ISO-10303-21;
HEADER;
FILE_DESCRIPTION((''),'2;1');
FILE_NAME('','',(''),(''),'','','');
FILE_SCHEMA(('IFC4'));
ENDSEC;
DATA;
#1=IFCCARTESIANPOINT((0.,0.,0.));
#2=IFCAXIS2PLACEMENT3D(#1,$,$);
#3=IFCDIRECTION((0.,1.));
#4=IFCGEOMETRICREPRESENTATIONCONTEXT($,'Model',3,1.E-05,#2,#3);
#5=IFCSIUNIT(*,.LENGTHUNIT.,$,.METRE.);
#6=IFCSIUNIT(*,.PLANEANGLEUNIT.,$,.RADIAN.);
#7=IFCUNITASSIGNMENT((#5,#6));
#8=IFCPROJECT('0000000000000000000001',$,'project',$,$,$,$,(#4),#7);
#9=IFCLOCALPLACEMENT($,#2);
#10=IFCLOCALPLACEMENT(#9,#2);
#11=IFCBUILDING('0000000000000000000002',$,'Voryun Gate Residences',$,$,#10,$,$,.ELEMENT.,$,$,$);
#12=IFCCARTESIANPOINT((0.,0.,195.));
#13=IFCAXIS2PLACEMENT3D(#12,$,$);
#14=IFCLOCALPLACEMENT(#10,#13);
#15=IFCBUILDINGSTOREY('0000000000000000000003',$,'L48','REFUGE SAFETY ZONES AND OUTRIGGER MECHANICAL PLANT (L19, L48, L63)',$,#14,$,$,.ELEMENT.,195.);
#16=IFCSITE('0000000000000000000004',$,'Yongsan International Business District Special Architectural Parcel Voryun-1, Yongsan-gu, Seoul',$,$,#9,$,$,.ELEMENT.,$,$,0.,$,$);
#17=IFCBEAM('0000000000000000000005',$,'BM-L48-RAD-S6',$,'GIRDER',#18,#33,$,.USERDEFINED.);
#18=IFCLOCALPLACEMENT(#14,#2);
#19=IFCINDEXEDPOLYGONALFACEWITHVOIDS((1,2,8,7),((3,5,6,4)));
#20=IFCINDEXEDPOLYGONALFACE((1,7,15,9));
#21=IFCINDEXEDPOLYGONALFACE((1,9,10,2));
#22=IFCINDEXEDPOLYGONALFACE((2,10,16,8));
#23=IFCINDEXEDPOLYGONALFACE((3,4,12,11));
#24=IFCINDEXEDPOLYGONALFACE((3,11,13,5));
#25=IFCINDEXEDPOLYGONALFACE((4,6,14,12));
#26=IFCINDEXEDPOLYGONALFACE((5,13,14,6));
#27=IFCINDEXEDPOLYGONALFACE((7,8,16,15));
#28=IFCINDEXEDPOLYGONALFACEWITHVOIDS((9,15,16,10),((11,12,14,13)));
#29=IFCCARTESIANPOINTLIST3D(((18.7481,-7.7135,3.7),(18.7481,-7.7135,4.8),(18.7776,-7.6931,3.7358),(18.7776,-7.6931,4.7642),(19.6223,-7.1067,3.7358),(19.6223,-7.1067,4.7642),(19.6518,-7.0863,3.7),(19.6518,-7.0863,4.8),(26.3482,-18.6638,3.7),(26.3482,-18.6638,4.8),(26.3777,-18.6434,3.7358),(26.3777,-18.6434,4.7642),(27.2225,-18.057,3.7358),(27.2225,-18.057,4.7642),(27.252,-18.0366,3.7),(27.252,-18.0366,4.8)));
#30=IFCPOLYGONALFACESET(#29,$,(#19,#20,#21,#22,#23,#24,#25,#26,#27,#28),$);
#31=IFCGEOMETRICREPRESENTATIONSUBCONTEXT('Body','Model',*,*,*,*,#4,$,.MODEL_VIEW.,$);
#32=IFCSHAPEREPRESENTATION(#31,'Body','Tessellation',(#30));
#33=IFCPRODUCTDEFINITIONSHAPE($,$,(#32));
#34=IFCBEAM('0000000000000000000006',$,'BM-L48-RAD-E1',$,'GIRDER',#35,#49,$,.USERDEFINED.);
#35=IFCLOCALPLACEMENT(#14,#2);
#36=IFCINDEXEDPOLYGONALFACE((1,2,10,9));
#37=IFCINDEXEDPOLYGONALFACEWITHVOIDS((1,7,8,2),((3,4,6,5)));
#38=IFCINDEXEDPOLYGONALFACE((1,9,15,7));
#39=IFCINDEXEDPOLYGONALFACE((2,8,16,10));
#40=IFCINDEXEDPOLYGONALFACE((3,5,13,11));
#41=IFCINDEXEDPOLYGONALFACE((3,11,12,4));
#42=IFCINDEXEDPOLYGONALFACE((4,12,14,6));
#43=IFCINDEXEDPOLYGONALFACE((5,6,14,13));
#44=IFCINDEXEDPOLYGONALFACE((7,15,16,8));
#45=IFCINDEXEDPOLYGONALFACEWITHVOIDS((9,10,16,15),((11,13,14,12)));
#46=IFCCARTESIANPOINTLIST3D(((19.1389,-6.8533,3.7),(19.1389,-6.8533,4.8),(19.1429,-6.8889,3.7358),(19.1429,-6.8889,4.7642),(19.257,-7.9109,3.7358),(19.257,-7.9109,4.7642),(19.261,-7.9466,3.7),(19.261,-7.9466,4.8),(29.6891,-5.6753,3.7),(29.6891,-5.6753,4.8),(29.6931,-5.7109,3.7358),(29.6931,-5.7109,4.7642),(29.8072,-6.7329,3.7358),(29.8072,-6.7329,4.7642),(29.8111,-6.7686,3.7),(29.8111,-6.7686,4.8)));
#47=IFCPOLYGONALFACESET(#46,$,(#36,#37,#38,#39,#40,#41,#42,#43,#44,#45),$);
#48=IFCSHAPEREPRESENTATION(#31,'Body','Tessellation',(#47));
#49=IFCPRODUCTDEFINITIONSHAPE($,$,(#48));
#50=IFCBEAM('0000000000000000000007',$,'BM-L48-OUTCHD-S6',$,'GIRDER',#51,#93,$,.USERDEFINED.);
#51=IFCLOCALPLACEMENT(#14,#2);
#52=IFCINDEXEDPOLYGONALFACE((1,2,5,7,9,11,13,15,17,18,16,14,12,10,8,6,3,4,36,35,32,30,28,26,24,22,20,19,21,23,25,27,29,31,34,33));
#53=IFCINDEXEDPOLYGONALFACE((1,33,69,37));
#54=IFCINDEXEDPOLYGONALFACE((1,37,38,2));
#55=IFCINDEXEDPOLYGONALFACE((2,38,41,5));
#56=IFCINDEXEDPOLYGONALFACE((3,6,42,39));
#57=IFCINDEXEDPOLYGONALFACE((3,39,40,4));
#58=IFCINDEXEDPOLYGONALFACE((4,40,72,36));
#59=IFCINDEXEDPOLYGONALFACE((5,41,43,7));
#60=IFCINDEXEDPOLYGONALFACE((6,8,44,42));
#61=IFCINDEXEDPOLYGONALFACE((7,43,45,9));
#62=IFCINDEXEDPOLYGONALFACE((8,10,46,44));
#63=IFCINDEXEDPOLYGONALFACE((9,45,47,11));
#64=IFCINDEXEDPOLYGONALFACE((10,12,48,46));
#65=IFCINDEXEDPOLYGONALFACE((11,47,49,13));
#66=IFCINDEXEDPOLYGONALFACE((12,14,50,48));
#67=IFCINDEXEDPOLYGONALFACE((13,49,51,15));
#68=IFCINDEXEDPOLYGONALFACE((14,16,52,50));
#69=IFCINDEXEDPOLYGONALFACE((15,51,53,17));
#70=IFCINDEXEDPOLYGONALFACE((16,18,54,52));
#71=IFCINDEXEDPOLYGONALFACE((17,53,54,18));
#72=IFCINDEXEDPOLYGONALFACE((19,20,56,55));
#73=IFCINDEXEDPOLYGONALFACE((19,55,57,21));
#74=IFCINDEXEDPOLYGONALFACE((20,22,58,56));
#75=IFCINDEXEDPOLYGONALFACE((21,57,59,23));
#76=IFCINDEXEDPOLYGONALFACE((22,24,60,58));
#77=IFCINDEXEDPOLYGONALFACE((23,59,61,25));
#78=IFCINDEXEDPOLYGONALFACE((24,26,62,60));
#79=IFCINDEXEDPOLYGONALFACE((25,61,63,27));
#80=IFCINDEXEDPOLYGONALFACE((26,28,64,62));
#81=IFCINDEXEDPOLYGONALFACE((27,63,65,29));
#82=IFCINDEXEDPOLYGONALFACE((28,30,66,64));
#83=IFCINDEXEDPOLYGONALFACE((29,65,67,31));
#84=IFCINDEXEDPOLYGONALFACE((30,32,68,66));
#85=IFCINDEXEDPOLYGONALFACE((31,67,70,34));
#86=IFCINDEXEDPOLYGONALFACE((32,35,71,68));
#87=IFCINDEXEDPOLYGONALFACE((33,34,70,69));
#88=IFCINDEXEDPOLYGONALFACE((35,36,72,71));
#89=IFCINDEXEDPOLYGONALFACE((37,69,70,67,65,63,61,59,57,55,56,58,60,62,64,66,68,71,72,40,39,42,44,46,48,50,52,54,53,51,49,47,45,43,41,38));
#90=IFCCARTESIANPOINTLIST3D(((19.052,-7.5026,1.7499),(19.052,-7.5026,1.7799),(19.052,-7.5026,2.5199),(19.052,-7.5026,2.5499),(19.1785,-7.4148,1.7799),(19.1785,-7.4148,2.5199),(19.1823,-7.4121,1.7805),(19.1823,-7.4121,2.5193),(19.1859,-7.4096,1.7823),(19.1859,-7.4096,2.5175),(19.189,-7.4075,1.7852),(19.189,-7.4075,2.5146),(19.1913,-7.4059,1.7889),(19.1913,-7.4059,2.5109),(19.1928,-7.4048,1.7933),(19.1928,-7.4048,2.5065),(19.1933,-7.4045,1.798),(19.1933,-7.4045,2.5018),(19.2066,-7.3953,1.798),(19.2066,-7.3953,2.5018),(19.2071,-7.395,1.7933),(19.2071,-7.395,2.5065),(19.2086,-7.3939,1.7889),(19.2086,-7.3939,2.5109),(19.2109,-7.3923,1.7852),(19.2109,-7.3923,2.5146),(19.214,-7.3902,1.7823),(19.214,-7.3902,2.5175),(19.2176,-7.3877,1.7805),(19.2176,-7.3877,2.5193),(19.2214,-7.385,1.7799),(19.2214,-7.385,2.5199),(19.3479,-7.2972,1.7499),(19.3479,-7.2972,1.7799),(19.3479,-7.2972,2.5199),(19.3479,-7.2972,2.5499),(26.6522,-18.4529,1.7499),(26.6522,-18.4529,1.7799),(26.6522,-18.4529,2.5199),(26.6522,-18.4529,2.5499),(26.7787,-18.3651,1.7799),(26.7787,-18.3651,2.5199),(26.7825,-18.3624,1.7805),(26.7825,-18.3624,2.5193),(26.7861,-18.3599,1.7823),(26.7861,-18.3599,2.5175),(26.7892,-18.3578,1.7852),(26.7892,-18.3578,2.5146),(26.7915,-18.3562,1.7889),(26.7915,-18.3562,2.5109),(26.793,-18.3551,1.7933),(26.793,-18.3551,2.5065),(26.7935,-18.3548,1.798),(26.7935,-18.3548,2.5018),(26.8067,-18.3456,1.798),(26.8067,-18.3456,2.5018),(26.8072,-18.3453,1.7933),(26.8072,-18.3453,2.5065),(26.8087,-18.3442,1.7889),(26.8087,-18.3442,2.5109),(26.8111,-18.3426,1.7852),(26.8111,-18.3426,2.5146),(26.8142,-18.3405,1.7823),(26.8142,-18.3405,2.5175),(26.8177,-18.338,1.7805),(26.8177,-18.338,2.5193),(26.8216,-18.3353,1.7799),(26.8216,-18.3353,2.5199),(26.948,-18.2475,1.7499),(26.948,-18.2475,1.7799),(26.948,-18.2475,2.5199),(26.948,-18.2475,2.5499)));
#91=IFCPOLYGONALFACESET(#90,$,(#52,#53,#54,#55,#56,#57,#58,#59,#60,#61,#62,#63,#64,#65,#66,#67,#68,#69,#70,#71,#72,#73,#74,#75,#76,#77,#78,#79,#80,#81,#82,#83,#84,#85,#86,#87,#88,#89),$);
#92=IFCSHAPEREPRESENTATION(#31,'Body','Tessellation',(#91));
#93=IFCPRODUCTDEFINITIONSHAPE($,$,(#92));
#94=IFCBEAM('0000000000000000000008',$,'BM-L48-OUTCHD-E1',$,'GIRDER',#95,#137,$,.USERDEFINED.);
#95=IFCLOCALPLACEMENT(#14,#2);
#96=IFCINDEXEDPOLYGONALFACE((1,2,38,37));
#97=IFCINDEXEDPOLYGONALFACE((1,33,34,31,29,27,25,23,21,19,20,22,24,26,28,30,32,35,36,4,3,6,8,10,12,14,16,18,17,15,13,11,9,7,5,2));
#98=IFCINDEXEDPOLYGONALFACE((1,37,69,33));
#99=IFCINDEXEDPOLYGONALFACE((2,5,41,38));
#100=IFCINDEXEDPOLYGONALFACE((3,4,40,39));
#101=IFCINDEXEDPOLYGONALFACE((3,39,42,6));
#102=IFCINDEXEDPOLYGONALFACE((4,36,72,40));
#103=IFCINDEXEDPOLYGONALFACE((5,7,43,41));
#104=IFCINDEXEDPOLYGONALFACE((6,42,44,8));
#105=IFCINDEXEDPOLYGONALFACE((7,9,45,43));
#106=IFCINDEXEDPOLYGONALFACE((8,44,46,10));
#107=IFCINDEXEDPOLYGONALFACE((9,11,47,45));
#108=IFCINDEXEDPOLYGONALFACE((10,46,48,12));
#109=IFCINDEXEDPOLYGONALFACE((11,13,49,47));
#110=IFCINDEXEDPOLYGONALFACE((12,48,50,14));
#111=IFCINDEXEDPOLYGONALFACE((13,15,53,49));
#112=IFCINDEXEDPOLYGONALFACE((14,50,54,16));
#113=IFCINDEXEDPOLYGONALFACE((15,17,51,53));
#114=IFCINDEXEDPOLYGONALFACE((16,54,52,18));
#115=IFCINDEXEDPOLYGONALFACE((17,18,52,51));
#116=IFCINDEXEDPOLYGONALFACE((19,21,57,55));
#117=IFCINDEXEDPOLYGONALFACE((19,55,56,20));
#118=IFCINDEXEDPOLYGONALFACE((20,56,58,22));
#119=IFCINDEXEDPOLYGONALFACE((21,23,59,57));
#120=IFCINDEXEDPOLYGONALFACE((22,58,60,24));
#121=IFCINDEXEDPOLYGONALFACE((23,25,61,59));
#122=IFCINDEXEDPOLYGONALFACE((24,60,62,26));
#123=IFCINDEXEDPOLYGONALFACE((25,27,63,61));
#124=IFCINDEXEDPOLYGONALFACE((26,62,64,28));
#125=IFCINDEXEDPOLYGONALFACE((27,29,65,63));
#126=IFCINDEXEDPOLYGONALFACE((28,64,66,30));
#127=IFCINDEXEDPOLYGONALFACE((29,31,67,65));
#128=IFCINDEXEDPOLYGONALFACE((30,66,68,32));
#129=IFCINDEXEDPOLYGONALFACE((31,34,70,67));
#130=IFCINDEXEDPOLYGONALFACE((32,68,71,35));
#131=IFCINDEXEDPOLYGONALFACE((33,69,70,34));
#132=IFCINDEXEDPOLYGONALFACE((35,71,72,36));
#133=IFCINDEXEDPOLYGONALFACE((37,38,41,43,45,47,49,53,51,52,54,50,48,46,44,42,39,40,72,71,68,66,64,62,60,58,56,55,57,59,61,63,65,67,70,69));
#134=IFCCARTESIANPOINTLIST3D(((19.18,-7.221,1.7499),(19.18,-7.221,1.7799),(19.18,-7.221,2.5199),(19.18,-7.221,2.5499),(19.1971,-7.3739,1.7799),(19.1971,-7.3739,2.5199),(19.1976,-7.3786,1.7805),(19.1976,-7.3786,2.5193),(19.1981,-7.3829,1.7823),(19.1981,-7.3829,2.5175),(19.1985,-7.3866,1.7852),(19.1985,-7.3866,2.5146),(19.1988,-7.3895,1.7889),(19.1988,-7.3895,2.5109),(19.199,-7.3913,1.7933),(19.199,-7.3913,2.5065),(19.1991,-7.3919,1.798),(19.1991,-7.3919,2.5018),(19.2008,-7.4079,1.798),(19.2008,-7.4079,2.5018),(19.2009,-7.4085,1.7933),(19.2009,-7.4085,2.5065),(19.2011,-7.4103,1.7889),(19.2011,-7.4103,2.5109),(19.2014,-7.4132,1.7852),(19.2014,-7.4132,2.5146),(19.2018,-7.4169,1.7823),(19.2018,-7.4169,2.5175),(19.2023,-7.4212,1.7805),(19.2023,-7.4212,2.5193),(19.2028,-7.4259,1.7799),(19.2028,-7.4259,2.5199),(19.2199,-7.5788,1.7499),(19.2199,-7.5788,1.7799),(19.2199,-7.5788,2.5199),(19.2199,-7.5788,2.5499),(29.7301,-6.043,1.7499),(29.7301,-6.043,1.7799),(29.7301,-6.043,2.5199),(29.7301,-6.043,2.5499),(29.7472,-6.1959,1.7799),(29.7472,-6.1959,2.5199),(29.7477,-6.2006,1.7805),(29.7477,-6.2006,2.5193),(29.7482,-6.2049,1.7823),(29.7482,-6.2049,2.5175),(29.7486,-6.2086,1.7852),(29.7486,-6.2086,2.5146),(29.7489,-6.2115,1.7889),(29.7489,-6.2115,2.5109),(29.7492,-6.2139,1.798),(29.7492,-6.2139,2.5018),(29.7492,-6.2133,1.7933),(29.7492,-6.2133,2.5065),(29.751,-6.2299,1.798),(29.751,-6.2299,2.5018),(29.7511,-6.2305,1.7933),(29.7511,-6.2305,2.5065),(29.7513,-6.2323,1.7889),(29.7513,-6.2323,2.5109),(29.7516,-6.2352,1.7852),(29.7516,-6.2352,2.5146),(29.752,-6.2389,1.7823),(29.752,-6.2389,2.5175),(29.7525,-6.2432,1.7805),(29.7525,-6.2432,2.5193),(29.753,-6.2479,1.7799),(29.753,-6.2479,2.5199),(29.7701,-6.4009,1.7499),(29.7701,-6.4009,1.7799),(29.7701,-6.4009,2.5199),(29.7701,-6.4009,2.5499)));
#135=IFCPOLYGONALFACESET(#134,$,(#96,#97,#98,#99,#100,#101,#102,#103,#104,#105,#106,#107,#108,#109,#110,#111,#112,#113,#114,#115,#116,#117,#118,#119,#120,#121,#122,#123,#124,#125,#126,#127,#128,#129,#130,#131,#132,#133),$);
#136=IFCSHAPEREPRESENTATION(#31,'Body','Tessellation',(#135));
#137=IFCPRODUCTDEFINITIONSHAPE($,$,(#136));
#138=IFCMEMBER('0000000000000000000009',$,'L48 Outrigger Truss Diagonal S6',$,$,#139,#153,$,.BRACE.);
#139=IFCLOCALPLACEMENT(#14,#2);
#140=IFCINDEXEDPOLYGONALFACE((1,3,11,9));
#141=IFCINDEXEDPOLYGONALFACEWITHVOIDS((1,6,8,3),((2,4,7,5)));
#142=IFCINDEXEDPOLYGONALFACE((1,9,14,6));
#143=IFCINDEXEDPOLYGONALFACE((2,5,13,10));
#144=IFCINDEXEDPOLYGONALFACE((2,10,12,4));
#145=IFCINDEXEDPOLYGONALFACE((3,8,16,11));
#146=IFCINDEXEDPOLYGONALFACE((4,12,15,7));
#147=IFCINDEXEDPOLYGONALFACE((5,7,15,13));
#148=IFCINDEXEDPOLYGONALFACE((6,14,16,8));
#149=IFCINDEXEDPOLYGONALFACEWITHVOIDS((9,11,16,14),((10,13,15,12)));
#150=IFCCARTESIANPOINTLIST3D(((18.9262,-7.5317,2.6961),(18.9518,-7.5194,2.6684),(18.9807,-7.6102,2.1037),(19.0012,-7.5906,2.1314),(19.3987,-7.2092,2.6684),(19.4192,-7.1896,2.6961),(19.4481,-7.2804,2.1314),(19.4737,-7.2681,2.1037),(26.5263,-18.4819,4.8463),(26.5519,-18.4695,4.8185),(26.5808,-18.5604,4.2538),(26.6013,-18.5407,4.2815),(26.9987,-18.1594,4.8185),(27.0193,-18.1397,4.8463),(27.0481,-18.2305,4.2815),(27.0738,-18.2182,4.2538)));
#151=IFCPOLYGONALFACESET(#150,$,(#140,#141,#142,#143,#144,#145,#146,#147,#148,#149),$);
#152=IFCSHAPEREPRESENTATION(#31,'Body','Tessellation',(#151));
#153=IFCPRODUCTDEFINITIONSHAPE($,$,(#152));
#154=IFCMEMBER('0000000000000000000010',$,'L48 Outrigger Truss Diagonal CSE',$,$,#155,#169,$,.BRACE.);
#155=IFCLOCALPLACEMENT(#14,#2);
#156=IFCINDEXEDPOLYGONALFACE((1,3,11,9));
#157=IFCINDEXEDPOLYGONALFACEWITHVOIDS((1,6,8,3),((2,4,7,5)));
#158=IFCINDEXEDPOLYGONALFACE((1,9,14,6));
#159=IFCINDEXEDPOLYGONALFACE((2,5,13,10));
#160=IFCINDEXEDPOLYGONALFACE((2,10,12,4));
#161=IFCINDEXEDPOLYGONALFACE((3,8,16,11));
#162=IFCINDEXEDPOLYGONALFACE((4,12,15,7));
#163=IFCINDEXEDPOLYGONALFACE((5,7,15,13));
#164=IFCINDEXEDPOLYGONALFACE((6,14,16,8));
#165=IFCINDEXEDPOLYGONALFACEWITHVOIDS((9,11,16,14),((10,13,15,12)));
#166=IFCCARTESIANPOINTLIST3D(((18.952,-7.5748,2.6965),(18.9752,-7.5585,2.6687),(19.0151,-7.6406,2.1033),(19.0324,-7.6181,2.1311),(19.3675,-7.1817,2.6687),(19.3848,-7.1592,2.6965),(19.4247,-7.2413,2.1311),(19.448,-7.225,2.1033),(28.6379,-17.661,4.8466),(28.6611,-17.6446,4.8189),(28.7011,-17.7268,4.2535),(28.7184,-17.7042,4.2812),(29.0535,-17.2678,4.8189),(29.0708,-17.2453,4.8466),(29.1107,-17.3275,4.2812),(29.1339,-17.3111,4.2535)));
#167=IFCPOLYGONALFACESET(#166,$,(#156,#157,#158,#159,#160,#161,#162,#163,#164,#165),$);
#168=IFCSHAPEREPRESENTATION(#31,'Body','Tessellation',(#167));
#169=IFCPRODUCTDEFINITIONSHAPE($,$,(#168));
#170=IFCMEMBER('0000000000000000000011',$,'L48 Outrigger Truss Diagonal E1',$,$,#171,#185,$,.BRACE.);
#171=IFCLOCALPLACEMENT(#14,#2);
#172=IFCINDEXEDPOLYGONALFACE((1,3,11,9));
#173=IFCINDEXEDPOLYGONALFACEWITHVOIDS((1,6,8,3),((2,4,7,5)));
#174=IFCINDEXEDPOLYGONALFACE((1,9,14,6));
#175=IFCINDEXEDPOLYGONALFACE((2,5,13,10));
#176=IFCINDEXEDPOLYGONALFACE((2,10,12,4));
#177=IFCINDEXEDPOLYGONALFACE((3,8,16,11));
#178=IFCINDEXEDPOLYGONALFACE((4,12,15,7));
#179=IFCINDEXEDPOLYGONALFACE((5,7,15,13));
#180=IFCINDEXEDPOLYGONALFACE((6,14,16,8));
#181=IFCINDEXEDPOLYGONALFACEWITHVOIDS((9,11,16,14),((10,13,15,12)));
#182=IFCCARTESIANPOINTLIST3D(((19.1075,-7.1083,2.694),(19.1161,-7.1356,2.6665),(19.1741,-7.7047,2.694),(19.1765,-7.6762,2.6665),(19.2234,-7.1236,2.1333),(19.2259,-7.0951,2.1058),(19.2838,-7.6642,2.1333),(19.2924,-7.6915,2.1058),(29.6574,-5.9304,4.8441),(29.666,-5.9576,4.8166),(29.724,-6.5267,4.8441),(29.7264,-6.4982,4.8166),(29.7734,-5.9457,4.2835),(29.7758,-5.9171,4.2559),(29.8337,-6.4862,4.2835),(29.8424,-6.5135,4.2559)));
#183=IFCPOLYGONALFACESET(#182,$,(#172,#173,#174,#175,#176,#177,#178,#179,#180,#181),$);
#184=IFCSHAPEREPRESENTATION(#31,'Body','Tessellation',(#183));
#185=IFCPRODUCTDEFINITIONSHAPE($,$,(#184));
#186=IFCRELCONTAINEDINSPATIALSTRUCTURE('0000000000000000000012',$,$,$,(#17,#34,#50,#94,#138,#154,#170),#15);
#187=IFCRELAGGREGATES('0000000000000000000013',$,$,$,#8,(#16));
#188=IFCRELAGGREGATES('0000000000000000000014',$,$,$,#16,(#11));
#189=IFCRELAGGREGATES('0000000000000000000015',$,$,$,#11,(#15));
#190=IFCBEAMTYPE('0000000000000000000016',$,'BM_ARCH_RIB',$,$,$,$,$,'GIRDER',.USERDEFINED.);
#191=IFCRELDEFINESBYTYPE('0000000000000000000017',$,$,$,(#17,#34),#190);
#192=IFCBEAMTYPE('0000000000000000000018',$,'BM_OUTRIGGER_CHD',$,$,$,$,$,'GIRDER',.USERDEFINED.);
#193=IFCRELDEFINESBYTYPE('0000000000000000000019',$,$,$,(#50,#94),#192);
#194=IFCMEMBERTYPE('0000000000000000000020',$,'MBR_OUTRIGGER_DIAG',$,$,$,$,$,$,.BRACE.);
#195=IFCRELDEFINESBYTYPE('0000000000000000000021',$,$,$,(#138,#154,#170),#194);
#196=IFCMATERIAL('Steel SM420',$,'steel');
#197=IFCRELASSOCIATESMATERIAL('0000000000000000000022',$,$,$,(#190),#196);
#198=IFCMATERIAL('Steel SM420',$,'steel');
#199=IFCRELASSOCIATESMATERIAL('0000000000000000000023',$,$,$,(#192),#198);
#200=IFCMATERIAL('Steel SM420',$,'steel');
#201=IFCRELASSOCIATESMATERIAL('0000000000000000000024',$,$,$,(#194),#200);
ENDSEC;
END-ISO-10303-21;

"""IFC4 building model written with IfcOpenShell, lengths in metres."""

from ifc_helpers import new_model, si_unit, direction, frame, origin, origin_2d, place, context, subcontext, project, spatial, hollow_rectangle, i_section, extrude, material, material_profile, profile_set, type_object, element, save


model = new_model("IFC4")

# Units and contexts
model_context = context("Model", 3, precision=1e-05, world=origin(), true_north=direction((0.0, 1.0)))
body_context = subcontext(model_context, "Body", "Model", "MODEL_VIEW")
ifc_project = project(units=[si_unit("LENGTHUNIT", "METRE"), si_unit("PLANEANGLEUNIT", "RADIAN")], contexts=[model_context])

# Site, building, storey
site_placement = place(None, origin())
site = spatial("IfcSite", under=ifc_project, at=site_placement, Name="Yongsan International Business District Special Architectural Parcel Voryun-1, Yongsan-gu, Seoul", CompositionType="ELEMENT", RefElevation=0.0)
building_placement = place(site_placement, origin())
building = spatial("IfcBuilding", under=site, at=building_placement, Name="Voryun Gate Residences", CompositionType="ELEMENT")
storey_placement = place(building_placement, frame((0.0, 0.0, 195.0)))
storey = spatial("IfcBuildingStorey", under=building, at=storey_placement, Name="L48", Description="REFUGE SAFETY ZONES AND OUTRIGGER MECHANICAL PLANT (L19, L48, L63)", CompositionType="ELEMENT", Elevation=195.0)

# Beams
ifc_material_1 = material(Name="Steel SM420", Category="steel")
ifc_material_profile_1 = material_profile(ifc_material_1, hollow_rectangle(XDim=1.1001, YDim=1.1001, WallThickness=0.0359, at=origin_2d()), Name="BOX-1100x1100x36")
ifc_profile_set_1 = profile_set([ifc_material_profile_1], Name="Steel SM420")
beam_type_1 = type_object("IfcBeamType", Name="BM_ARCH_RIB", ElementType="GIRDER", PredefinedType="USERDEFINED", material=ifc_profile_set_1)
beam_1_placement = place(storey_placement, frame((19.2, -7.3999, 4.25), z_axis=(0.570183, -0.821518, 0.0), x_axis=(0.821518, 0.570183, 0.0)))
element("IfcBeam", 1, at=beam_1_placement, inside=storey, type_object=beam_type_1, Name="BM-L48-RAD-S6", ObjectType="GIRDER", PredefinedType="USERDEFINED", context=body_context, shape_type="SweptSolid", body=[
    extrude(hollow_rectangle(XDim=1.1001, YDim=1.1001, WallThickness=0.0359, at=origin_2d()), origin(), (0.0, 0.0, 1.0), 13.3293),
])
beam_2_placement = place(storey_placement, frame((19.2, -7.3999, 4.25), z_axis=(0.993824, 0.110967, 0.0), x_axis=(-0.110967, 0.993824, 0.0)))
element("IfcBeam", 2, at=beam_2_placement, inside=storey, type_object=beam_type_1, Name="BM-L48-RAD-E1", ObjectType="GIRDER", PredefinedType="USERDEFINED", context=body_context, shape_type="SweptSolid", body=[
    extrude(hollow_rectangle(XDim=1.1001, YDim=1.1001, WallThickness=0.0359, at=origin_2d()), origin(), (0.0, 0.0, 1.0), 10.6157),
])
ifc_material_2 = material(Name="Steel SM420", Category="steel")
ifc_material_profile_2 = material_profile(ifc_material_2, i_section(OverallWidth=0.3601, OverallDepth=0.8, WebThickness=0.0161, FlangeThickness=0.03, FilletRadius=0.0181, at=origin_2d()), Name="H-800x360x16x30")
ifc_profile_set_2 = profile_set([ifc_material_profile_2], Name="Steel SM420")
beam_type_2 = type_object("IfcBeamType", Name="BM_OUTRIGGER_CHD", ElementType="GIRDER", PredefinedType="USERDEFINED", material=ifc_profile_set_2)
beam_3_placement = place(storey_placement, frame((19.2, -7.3999, 2.1499), z_axis=(0.570183, -0.821518, 0.0), x_axis=(0.821518, 0.570183, 0.0)))
element("IfcBeam", 3, at=beam_3_placement, inside=storey, type_object=beam_type_2, Name="BM-L48-OUTCHD-S6", ObjectType="GIRDER", PredefinedType="USERDEFINED", context=body_context, shape_type="SweptSolid", body=[
    extrude(i_section(OverallWidth=0.3601, OverallDepth=0.8, WebThickness=0.0161, FlangeThickness=0.03, FilletRadius=0.0181, at=origin_2d()), origin(), (0.0, 0.0, 1.0), 13.3293),
])
beam_4_placement = place(storey_placement, frame((19.2, -7.3999, 2.1499), z_axis=(0.993824, 0.110967, 0.0), x_axis=(-0.110967, 0.993824, 0.0)))
element("IfcBeam", 4, at=beam_4_placement, inside=storey, type_object=beam_type_2, Name="BM-L48-OUTCHD-E1", ObjectType="GIRDER", PredefinedType="USERDEFINED", context=body_context, shape_type="SweptSolid", body=[
    extrude(i_section(OverallWidth=0.3601, OverallDepth=0.8, WebThickness=0.0161, FlangeThickness=0.03, FilletRadius=0.0181, at=origin_2d()), origin(), (0.0, 0.0, 1.0), 10.6157),
])

# Members
ifc_material_3 = material(Name="Steel SM420", Category="steel")
ifc_material_profile_3 = material_profile(ifc_material_3, hollow_rectangle(XDim=0.6001, YDim=0.6001, WallThickness=0.0281, at=origin_2d()), Name="BOX-600x600x28")
ifc_profile_set_3 = profile_set([ifc_material_profile_3], Name="Steel SM420")
member_type = type_object("IfcMemberType", Name="MBR_OUTRIGGER_DIAG", PredefinedType="BRACE", material=ifc_profile_set_3)
member_1_placement = place(storey_placement, frame((19.2, -7.3999, 2.3999), z_axis=(0.562906, -0.811033, 0.159252), x_axis=(0.821518, 0.570183, 0.0)))
element("IfcMember", 5, at=member_1_placement, inside=storey, type_object=member_type, Name="L48 Outrigger Truss Diagonal S6", PredefinedType="BRACE", context=body_context, shape_type="SweptSolid", body=[
    extrude(hollow_rectangle(XDim=0.6001, YDim=0.6001, WallThickness=0.0281, at=origin_2d()), origin(), (0.0, 0.0, 1.0), 13.5015),
])
member_2_placement = place(storey_placement, frame((19.2, -7.3999, 2.3999), z_axis=(0.684609, -0.712892, 0.151972), x_axis=(0.721269, 0.692655, 0.0)))
element("IfcMember", 6, at=member_2_placement, inside=storey, type_object=member_type, Name="L48 Outrigger Truss Diagonal CSE", PredefinedType="BRACE", context=body_context, shape_type="SweptSolid", body=[
    extrude(hollow_rectangle(XDim=0.6001, YDim=0.6001, WallThickness=0.0281, at=origin_2d()), origin(), (0.0, 0.0, 1.0), 14.1482),
])
member_3_placement = place(storey_placement, frame((19.2, -7.3999, 2.3999), z_axis=(0.974045, 0.108758, 0.198515), x_axis=(-0.110967, 0.993824, 0.0)))
element("IfcMember", 7, at=member_3_placement, inside=storey, type_object=member_type, Name="L48 Outrigger Truss Diagonal E1", PredefinedType="BRACE", context=body_context, shape_type="SweptSolid", body=[
    extrude(hollow_rectangle(XDim=0.6001, YDim=0.6001, WallThickness=0.0281, at=origin_2d()), origin(), (0.0, 0.0, 1.0), 10.8311),
])

save(model, "model.ifc")
